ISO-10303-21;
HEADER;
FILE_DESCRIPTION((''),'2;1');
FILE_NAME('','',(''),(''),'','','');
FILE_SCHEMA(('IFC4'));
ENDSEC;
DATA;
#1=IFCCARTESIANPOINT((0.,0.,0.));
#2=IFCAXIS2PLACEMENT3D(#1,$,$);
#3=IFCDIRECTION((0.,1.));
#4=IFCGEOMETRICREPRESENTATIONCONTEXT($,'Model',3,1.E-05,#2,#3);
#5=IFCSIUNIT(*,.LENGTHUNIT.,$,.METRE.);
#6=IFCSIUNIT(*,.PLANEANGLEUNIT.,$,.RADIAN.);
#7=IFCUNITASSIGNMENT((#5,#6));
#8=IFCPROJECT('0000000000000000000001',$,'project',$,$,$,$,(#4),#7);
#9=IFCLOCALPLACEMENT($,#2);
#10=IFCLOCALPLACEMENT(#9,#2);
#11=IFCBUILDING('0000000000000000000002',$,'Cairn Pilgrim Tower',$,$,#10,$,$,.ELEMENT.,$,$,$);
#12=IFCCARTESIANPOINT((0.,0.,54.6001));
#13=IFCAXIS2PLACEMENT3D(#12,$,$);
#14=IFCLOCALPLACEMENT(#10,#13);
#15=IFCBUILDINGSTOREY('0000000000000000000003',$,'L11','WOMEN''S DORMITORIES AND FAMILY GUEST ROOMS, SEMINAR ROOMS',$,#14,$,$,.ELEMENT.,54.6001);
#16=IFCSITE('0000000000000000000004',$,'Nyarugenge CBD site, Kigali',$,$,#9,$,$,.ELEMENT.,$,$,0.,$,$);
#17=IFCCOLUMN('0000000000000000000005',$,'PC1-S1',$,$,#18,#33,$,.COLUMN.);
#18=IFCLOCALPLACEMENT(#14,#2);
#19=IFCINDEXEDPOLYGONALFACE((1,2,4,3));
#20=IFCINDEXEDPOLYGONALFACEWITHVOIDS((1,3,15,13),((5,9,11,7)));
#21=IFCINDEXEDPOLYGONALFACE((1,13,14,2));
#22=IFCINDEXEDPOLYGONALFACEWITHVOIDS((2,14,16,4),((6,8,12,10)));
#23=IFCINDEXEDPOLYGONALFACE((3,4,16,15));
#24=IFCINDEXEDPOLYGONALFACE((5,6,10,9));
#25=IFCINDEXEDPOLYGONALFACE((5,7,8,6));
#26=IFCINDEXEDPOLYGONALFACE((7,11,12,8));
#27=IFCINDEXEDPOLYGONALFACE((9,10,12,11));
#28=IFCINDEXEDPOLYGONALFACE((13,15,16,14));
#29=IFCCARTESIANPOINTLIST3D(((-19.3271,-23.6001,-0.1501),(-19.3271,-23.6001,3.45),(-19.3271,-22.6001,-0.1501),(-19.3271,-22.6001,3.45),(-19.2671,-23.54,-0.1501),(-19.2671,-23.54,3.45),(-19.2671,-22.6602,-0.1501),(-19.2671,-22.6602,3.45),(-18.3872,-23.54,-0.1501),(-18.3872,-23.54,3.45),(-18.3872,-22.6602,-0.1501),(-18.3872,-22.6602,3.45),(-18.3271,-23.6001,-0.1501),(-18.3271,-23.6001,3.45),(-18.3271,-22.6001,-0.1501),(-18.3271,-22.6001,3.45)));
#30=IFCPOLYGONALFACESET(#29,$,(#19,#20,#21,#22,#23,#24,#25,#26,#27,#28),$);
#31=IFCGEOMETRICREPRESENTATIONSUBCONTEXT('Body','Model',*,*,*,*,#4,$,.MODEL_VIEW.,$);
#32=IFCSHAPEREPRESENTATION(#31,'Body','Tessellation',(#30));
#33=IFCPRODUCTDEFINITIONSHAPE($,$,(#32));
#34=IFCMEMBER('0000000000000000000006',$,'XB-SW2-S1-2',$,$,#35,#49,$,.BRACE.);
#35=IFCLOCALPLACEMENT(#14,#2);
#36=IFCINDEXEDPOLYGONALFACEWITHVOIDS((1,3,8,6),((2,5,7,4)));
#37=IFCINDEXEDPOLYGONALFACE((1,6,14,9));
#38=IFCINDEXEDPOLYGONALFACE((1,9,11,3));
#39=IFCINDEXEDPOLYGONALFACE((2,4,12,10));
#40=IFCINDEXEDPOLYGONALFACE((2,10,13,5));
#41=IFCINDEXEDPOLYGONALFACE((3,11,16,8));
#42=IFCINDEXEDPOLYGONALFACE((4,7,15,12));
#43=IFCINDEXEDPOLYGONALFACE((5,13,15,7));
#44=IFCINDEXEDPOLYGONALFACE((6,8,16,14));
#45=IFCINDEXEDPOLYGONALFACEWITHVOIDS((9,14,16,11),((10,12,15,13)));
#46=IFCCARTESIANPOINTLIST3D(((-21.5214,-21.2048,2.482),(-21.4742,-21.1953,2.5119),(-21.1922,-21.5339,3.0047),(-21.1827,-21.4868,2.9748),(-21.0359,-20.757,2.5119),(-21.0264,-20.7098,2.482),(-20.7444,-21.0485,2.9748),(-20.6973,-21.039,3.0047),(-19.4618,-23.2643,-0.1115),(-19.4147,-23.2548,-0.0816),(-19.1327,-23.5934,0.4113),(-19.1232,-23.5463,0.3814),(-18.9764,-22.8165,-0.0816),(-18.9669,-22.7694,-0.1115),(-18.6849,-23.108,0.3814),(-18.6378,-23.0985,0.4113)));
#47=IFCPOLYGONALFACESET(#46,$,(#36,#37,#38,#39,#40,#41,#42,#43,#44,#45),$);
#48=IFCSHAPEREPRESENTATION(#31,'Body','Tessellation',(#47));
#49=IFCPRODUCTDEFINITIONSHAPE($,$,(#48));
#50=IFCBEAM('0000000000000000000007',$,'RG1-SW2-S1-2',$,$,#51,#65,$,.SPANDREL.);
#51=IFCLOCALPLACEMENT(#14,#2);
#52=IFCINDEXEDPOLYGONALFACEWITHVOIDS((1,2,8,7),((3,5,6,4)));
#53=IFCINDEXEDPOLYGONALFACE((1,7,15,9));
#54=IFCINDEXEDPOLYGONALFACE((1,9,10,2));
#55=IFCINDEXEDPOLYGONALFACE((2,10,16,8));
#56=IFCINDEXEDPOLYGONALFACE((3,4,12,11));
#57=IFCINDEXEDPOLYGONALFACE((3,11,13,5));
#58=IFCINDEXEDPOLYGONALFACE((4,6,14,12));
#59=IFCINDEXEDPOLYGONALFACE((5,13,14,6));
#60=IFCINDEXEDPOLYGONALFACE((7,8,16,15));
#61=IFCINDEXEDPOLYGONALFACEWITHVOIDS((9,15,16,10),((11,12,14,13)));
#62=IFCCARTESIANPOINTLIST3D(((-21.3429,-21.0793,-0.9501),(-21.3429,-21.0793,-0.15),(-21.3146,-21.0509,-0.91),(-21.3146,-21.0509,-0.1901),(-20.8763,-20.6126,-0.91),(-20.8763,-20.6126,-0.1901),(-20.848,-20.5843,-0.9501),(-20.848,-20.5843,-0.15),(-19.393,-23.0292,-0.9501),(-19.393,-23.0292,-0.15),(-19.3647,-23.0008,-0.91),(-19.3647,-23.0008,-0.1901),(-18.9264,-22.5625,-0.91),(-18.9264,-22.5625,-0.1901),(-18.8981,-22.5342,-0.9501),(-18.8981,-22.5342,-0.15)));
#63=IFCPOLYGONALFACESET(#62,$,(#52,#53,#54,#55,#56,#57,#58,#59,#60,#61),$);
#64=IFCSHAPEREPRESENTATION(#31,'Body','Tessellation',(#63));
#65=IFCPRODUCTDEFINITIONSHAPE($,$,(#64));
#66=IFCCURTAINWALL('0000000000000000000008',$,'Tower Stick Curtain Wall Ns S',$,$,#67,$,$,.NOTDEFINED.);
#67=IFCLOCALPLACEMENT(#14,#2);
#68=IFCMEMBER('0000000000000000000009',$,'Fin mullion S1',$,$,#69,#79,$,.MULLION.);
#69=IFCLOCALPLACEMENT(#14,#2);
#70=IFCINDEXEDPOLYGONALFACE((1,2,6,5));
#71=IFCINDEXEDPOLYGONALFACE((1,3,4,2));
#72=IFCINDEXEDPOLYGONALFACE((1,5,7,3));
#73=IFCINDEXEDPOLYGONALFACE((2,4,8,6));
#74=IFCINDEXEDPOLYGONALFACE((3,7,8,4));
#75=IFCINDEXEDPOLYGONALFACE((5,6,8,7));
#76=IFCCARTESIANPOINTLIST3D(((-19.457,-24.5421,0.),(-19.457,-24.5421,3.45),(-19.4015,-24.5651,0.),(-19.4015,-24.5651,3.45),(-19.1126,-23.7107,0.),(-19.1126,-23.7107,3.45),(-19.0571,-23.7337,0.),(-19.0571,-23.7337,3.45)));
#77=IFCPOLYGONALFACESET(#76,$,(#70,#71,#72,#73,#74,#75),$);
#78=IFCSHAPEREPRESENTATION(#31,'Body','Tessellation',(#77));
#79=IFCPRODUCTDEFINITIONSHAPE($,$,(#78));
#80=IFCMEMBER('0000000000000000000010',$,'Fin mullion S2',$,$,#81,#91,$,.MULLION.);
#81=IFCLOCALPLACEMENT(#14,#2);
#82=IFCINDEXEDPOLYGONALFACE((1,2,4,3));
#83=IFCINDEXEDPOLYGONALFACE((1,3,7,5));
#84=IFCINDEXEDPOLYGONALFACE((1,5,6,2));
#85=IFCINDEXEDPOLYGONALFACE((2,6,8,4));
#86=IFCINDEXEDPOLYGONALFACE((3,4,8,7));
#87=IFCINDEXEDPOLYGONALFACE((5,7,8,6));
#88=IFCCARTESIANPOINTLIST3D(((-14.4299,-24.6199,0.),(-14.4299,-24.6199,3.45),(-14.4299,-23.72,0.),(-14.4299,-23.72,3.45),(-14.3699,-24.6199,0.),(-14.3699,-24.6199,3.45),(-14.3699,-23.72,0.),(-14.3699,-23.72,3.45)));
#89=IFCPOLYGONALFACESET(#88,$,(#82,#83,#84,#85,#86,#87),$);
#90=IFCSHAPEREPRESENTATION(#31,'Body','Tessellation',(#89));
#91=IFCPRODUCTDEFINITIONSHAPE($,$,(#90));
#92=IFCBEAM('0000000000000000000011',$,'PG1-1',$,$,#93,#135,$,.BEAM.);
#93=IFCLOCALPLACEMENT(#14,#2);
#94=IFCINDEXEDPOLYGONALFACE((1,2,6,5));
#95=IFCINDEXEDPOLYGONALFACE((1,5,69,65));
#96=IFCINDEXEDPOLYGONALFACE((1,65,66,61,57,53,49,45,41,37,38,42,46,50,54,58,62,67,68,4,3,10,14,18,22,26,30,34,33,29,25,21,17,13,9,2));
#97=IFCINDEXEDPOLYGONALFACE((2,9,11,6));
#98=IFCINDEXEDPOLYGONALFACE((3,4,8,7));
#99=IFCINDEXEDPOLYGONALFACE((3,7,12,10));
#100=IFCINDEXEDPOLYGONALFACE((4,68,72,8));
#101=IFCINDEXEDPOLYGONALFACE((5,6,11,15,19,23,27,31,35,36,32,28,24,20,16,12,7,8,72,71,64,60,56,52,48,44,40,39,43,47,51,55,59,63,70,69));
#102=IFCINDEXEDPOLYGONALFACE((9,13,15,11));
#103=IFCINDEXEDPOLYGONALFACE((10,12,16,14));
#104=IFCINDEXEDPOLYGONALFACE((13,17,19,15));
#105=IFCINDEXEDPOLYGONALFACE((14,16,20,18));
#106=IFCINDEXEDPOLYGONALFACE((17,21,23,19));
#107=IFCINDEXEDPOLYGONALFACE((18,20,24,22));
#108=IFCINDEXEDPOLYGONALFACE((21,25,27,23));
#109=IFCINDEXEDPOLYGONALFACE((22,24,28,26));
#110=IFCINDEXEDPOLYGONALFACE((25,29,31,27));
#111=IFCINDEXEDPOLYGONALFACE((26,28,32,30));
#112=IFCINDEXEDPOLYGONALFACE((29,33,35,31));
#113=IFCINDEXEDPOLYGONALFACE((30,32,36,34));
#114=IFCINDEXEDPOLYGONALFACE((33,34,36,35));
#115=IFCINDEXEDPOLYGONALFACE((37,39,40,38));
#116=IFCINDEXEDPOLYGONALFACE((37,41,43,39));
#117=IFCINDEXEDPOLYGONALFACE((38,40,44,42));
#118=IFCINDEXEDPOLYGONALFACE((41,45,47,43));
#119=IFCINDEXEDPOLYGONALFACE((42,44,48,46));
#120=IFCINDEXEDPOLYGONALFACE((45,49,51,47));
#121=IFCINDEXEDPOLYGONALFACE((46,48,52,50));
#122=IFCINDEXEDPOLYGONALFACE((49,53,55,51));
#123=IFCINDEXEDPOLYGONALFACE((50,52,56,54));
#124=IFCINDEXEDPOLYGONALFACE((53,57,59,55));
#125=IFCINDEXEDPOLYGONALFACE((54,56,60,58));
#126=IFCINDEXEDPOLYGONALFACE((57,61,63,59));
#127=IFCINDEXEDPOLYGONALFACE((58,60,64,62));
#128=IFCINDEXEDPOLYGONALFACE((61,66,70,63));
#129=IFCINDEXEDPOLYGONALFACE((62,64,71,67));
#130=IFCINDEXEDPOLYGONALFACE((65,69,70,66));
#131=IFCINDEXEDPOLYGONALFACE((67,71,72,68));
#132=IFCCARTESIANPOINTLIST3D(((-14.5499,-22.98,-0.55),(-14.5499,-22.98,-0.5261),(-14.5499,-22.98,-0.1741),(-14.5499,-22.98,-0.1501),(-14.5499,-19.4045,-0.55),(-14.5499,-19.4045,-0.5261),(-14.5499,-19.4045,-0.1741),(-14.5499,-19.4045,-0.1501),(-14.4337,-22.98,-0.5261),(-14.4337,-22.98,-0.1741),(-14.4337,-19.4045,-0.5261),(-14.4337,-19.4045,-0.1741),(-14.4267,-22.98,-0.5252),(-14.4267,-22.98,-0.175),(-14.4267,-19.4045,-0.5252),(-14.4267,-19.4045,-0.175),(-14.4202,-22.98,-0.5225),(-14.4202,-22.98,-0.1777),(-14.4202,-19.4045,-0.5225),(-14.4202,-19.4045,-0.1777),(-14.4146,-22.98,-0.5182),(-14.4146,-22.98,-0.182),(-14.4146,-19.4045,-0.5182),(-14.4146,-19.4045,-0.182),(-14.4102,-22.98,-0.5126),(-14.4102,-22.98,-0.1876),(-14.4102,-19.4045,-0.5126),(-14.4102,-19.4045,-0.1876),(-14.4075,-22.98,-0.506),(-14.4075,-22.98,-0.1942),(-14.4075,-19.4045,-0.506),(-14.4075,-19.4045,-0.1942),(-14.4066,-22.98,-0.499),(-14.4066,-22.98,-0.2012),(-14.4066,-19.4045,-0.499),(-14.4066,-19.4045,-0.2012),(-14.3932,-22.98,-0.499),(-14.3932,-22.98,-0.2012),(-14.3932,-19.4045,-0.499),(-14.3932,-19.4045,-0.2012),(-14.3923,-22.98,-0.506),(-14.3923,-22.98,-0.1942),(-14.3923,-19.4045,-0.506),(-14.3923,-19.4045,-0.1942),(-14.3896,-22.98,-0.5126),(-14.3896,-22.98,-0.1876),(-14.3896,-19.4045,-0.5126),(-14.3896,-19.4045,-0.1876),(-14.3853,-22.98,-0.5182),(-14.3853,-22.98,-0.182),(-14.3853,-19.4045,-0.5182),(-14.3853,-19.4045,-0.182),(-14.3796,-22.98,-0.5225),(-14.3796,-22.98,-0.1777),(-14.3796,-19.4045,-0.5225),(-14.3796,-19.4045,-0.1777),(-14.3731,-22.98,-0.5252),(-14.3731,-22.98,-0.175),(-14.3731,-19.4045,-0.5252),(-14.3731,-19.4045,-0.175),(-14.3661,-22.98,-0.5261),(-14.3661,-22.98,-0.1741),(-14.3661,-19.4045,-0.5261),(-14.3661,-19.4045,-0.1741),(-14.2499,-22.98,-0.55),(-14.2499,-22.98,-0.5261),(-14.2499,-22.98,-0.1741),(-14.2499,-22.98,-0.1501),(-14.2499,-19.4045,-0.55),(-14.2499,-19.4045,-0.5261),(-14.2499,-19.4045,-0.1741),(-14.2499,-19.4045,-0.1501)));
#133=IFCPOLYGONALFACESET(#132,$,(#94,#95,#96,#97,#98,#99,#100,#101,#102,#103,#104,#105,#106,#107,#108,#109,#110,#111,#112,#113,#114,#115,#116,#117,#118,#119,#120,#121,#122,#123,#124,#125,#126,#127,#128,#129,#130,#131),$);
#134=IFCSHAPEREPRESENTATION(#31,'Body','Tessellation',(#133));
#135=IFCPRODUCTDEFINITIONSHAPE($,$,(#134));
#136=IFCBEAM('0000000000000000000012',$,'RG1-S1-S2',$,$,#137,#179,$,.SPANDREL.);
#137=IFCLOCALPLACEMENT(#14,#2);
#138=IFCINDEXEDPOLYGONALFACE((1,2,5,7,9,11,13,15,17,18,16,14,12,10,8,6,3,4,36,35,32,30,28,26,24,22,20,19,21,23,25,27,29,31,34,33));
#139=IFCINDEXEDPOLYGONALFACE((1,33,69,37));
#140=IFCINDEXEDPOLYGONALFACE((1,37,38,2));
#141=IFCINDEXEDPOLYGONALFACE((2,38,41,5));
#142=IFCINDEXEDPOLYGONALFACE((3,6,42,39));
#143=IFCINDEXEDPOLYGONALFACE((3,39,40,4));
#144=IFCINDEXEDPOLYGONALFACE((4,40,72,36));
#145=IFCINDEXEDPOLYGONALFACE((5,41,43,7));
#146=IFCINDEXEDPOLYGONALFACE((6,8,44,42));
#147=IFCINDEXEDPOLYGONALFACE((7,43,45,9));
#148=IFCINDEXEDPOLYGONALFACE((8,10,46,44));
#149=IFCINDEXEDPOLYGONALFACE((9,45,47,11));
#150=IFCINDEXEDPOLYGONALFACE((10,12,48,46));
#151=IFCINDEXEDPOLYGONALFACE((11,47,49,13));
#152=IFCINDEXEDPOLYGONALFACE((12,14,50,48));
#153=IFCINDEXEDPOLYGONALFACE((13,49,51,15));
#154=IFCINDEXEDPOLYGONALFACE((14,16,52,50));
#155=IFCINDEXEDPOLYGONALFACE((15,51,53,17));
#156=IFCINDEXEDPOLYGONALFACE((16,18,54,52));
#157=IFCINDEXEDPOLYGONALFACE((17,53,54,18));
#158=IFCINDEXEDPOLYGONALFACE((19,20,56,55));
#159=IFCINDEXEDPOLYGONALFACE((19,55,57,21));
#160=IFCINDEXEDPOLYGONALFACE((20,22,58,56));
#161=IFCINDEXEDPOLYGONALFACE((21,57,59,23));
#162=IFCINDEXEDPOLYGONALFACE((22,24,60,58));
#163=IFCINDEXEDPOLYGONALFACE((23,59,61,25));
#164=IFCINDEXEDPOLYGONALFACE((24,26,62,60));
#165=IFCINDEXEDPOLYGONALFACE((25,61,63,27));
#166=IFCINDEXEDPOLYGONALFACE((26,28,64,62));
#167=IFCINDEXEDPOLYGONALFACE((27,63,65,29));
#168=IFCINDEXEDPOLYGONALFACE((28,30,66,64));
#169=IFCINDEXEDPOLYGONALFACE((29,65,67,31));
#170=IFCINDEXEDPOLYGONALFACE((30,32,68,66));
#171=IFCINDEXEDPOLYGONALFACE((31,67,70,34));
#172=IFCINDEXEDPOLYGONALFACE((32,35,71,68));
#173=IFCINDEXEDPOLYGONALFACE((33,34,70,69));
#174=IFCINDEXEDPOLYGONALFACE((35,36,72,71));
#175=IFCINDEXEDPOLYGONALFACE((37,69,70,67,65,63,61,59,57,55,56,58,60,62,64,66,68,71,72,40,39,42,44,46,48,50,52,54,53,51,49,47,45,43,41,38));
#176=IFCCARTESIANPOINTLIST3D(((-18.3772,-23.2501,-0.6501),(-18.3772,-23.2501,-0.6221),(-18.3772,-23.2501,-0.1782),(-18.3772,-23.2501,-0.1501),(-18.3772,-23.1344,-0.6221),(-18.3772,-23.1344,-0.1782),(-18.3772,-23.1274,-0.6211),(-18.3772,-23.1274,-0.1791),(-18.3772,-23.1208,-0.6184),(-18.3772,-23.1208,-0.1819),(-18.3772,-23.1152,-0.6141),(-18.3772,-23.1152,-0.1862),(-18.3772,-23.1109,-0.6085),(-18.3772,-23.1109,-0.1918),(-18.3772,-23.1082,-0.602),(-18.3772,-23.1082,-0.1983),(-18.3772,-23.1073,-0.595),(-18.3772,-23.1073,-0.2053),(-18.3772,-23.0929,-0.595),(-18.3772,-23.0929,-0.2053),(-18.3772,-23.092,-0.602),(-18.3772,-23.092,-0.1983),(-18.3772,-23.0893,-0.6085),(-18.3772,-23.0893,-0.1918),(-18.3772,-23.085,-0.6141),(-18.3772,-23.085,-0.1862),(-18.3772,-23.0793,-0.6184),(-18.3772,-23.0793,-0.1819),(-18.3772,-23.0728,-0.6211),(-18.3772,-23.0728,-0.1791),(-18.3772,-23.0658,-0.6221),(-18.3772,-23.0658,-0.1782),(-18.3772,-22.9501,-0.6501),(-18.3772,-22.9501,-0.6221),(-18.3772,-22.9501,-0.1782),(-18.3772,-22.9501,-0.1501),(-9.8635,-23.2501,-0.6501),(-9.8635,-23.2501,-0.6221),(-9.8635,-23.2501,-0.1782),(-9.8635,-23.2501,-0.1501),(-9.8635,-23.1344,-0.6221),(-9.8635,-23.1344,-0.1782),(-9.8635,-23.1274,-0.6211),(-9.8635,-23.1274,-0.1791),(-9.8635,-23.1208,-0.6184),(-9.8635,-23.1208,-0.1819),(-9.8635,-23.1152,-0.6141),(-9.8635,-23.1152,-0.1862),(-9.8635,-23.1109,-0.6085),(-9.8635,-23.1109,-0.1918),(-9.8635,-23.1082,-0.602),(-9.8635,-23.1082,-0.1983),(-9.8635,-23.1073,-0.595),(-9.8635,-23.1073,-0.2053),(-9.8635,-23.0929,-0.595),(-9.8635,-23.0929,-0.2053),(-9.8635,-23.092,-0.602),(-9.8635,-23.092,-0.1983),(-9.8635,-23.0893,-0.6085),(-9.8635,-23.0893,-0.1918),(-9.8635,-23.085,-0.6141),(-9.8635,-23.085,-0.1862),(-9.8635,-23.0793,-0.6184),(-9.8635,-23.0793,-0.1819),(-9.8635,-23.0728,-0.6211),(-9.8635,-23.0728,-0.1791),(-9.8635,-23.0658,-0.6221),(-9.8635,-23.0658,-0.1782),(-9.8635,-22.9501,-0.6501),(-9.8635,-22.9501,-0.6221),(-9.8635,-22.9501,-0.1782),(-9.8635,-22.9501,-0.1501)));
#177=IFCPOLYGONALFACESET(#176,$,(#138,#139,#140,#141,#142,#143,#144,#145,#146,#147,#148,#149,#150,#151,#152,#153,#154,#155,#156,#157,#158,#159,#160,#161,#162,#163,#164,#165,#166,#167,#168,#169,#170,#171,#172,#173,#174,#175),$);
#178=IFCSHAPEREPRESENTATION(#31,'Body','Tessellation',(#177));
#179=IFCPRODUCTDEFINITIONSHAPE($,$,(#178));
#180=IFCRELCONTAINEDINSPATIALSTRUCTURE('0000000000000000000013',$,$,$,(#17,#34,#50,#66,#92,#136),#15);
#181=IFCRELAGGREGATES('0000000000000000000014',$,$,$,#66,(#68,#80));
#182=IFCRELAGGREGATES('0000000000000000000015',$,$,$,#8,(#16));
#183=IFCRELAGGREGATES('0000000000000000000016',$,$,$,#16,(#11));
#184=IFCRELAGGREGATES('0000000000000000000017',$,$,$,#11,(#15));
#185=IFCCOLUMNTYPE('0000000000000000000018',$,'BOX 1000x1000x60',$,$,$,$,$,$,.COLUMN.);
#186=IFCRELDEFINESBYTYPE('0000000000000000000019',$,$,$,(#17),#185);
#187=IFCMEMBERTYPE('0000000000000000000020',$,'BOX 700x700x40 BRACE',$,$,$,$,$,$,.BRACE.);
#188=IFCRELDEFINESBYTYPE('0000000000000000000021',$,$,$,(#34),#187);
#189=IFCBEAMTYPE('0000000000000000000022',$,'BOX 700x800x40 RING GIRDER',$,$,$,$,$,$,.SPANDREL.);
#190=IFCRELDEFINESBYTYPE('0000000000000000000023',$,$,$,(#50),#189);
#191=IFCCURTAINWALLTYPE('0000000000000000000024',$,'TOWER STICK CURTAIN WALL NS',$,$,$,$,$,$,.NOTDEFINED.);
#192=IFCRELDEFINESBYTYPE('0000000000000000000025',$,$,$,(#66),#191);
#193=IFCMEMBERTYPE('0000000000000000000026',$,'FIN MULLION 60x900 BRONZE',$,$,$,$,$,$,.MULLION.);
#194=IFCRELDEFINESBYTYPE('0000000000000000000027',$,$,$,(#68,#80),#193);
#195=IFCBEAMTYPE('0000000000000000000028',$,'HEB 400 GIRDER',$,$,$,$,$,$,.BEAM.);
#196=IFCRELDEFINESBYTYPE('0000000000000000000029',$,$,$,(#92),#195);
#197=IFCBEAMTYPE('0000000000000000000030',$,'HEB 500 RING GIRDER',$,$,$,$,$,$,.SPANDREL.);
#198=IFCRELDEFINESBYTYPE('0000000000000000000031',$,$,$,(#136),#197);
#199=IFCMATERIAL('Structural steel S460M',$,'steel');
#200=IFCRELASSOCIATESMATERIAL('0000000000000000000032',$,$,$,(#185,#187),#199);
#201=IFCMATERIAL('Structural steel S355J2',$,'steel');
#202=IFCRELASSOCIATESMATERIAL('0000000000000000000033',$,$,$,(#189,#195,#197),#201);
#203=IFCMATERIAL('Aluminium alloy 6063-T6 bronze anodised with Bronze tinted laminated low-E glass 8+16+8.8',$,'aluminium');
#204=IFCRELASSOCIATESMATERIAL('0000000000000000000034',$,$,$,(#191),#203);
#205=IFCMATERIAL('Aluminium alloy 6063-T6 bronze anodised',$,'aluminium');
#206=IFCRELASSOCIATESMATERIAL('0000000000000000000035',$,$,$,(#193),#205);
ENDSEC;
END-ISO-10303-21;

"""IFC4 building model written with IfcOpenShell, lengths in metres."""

from ifc_helpers import new_model, si_unit, direction, frame, origin, origin_2d, place, context, subcontext, project, spatial, rectangle, hollow_rectangle, i_section, extrude, material, material_profile, profile_set, type_object, element, aggregate, save


model = new_model("IFC4")

# Units and contexts
model_context = context("Model", 3, precision=1e-05, world=origin(), true_north=direction((0.0, 1.0)))
body_context = subcontext(model_context, "Body", "Model", "MODEL_VIEW")
ifc_project = project(units=[si_unit("LENGTHUNIT", "METRE"), si_unit("PLANEANGLEUNIT", "RADIAN")], contexts=[model_context])

# Site, building, storey
site_placement = place(None, origin())
site = spatial("IfcSite", under=ifc_project, at=site_placement, Name="Nyarugenge CBD site, Kigali", CompositionType="ELEMENT", RefElevation=0.0)
building_placement = place(site_placement, origin())
building = spatial("IfcBuilding", under=site, at=building_placement, Name="Cairn Pilgrim Tower", CompositionType="ELEMENT")
storey_placement = place(building_placement, frame((0.0, 0.0, 54.6001)))
storey = spatial("IfcBuildingStorey", under=building, at=storey_placement, Name="L11", Description="WOMEN'S DORMITORIES AND FAMILY GUEST ROOMS, SEMINAR ROOMS", CompositionType="ELEMENT", Elevation=54.6001)

# Column
ifc_material_1 = material(Name="Structural steel S460M", Category="steel")
ifc_material_profile_1 = material_profile(ifc_material_1, hollow_rectangle(XDim=1.0, YDim=1.0, WallThickness=0.0601, at=origin_2d()), Name="BOX 1000x1000x60")
ifc_profile_set_1 = profile_set([ifc_material_profile_1], Name="Structural steel S460M")
column_type = type_object("IfcColumnType", Name="BOX 1000x1000x60", PredefinedType="COLUMN", material=ifc_profile_set_1)
column_placement = place(storey_placement, frame((-18.8271, -23.1001, -0.1501), z_axis=(0.0, 0.0, 1.0), x_axis=(1.0, 0.0, 0.0)))
element("IfcColumn", 1, at=column_placement, inside=storey, type_object=column_type, Name="PC1-S1", PredefinedType="COLUMN", context=body_context, shape_type="SweptSolid", body=[
    extrude(hollow_rectangle(XDim=1.0, YDim=1.0, WallThickness=0.0601, at=origin_2d()), origin(), (0.0, 0.0, 1.0), 3.6001),
])

# Member
ifc_material_profile_2 = material_profile(ifc_material_1, hollow_rectangle(XDim=0.7, YDim=0.7, WallThickness=0.04, at=origin_2d()), Name="BOX 700x700x40")
ifc_profile_set_2 = profile_set([ifc_material_profile_2], Name="Structural steel S460M")
member_type_1 = type_object("IfcMemberType", Name="BOX 700x700x40 BRACE", PredefinedType="BRACE", material=ifc_profile_set_2)
member_1_placement = place(storey_placement, frame((-19.0498, -23.1814, 0.1499), z_axis=(-0.528096, 0.528096, 0.665003), x_axis=(-0.707107, -0.707107, 0.0)))
element("IfcMember", 2, at=member_1_placement, inside=storey, type_object=member_type_1, Name="XB-SW2-S1-2", PredefinedType="BRACE", context=body_context, shape_type="SweptSolid", body=[
    extrude(hollow_rectangle(XDim=0.7, YDim=0.7, WallThickness=0.04, at=origin_2d()), origin(), (0.0, 0.0, 1.0), 3.8999),
])

# Beam
ifc_material_2 = material(Name="Structural steel S355J2", Category="steel")
ifc_material_profile_3 = material_profile(ifc_material_2, hollow_rectangle(XDim=0.7, YDim=0.8, WallThickness=0.04, at=origin_2d()), Name="BOX 700x800x40")
ifc_profile_set_3 = profile_set([ifc_material_profile_3], Name="Structural steel S355J2")
beam_type_1 = type_object("IfcBeamType", Name="BOX 700x800x40 RING GIRDER", PredefinedType="SPANDREL", material=ifc_profile_set_3)
beam_1_placement = place(storey_placement, frame((-21.0955, -20.8318, -0.55), z_axis=(0.707107, -0.707107, 0.0), x_axis=(0.707107, 0.707107, 0.0)))
element("IfcBeam", 3, at=beam_1_placement, inside=storey, type_object=beam_type_1, Name="RG1-SW2-S1-2", PredefinedType="SPANDREL", context=body_context, shape_type="SweptSolid", body=[
    extrude(hollow_rectangle(XDim=0.7, YDim=0.8, WallThickness=0.04, at=origin_2d()), origin(), (0.0, 0.0, 1.0), 2.7576),
])

# Curtain wall, members
ifc_material_3 = material(Name="Aluminium alloy 6063-T6 bronze anodised with Bronze tinted laminated low-E glass 8+16+8.8", Category="aluminium")
curtain_wall_type_1 = type_object("IfcCurtainWallType", Name="TOWER STICK CURTAIN WALL NS", PredefinedType="NOTDEFINED", material=ifc_material_3)
curtain_wall_1_placement = place(storey_placement, origin())
curtain_wall_1 = element("IfcCurtainWall", 4, at=curtain_wall_1_placement, inside=storey, type_object=curtain_wall_type_1, Name="Tower Stick Curtain Wall Ns S", PredefinedType="NOTDEFINED")
ifc_material_4 = material(Name="Aluminium alloy 6063-T6 bronze anodised", Category="aluminium")
ifc_material_profile_4 = material_profile(ifc_material_4, rectangle(XDim=0.8999, YDim=0.0601, at=origin_2d()), Name="FIN MULLION 60x900 BRONZE")
ifc_profile_set_4 = profile_set([ifc_material_profile_4], Name="Aluminium alloy 6063-T6 bronze anodised")
member_type_2 = type_object("IfcMemberType", Name="FIN MULLION 60x900 BRONZE", PredefinedType="MULLION", material=ifc_profile_set_4)
member_2_placement = place(storey_placement, frame((-19.2571, -24.1379, 0.0), z_axis=(0.0, 0.0, 1.0), x_axis=(-0.382683, -0.92388, 0.0)))
member_2 = element("IfcMember", 5, at=member_2_placement, type_object=member_type_2, Name="Fin mullion S1", PredefinedType="MULLION", context=body_context, shape_type="SweptSolid", body=[
    extrude(rectangle(XDim=0.8999, YDim=0.0601, at=origin_2d()), origin(), (0.0, 0.0, 1.0), 3.45),
])
member_3_placement = place(storey_placement, frame((-14.3999, -24.1699, 0.0), z_axis=(0.0, 0.0, 1.0), x_axis=(0.0, -1.0, 0.0)))
member_3 = element("IfcMember", 6, at=member_3_placement, type_object=member_type_2, Name="Fin mullion S2", PredefinedType="MULLION", context=body_context, shape_type="SweptSolid", body=[
    extrude(rectangle(XDim=0.8999, YDim=0.0601, at=origin_2d()), origin(), (0.0, 0.0, 1.0), 3.45),
])

# Beams
ifc_material_profile_5 = material_profile(ifc_material_2, i_section(OverallWidth=0.3, OverallDepth=0.3999, WebThickness=0.0134, FlangeThickness=0.0239, FilletRadius=0.0271, at=origin_2d()), Name="HEB 400")
ifc_profile_set_5 = profile_set([ifc_material_profile_5], Name="Structural steel S355J2")
beam_type_2 = type_object("IfcBeamType", Name="HEB 400 GIRDER", PredefinedType="BEAM", material=ifc_profile_set_5)
beam_2_placement = place(storey_placement, frame((-14.3999, -22.98, -0.3501), z_axis=(0.0, 1.0, 0.0), x_axis=(-1.0, 0.0, 0.0)))
element("IfcBeam", 7, at=beam_2_placement, inside=storey, type_object=beam_type_2, Name="PG1-1", PredefinedType="BEAM", context=body_context, shape_type="SweptSolid", body=[
    extrude(i_section(OverallWidth=0.3, OverallDepth=0.3999, WebThickness=0.0134, FlangeThickness=0.0239, FilletRadius=0.0271, at=origin_2d()), origin(), (0.0, 0.0, 1.0), 3.5754),
])
ifc_material_profile_6 = material_profile(ifc_material_2, i_section(OverallWidth=0.3, OverallDepth=0.5, WebThickness=0.0144, FlangeThickness=0.0281, FilletRadius=0.0271, at=origin_2d()), Name="HEB 500")
ifc_profile_set_6 = profile_set([ifc_material_profile_6], Name="Structural steel S355J2")
beam_type_3 = type_object("IfcBeamType", Name="HEB 500 RING GIRDER", PredefinedType="SPANDREL", material=ifc_profile_set_6)
beam_3_placement = place(storey_placement, frame((-18.3772, -23.1001, -0.4001), z_axis=(1.0, 0.0, 0.0), x_axis=(0.0, 1.0, 0.0)))
element("IfcBeam", 8, at=beam_3_placement, inside=storey, type_object=beam_type_3, Name="RG1-S1-S2", PredefinedType="SPANDREL", context=body_context, shape_type="SweptSolid", body=[
    extrude(i_section(OverallWidth=0.3, OverallDepth=0.5, WebThickness=0.0144, FlangeThickness=0.0281, FilletRadius=0.0271, at=origin_2d()), origin(), (0.0, 0.0, 1.0), 8.5137),
])

aggregate(curtain_wall_1, [member_2, member_3])

save(model, "model.ifc")
